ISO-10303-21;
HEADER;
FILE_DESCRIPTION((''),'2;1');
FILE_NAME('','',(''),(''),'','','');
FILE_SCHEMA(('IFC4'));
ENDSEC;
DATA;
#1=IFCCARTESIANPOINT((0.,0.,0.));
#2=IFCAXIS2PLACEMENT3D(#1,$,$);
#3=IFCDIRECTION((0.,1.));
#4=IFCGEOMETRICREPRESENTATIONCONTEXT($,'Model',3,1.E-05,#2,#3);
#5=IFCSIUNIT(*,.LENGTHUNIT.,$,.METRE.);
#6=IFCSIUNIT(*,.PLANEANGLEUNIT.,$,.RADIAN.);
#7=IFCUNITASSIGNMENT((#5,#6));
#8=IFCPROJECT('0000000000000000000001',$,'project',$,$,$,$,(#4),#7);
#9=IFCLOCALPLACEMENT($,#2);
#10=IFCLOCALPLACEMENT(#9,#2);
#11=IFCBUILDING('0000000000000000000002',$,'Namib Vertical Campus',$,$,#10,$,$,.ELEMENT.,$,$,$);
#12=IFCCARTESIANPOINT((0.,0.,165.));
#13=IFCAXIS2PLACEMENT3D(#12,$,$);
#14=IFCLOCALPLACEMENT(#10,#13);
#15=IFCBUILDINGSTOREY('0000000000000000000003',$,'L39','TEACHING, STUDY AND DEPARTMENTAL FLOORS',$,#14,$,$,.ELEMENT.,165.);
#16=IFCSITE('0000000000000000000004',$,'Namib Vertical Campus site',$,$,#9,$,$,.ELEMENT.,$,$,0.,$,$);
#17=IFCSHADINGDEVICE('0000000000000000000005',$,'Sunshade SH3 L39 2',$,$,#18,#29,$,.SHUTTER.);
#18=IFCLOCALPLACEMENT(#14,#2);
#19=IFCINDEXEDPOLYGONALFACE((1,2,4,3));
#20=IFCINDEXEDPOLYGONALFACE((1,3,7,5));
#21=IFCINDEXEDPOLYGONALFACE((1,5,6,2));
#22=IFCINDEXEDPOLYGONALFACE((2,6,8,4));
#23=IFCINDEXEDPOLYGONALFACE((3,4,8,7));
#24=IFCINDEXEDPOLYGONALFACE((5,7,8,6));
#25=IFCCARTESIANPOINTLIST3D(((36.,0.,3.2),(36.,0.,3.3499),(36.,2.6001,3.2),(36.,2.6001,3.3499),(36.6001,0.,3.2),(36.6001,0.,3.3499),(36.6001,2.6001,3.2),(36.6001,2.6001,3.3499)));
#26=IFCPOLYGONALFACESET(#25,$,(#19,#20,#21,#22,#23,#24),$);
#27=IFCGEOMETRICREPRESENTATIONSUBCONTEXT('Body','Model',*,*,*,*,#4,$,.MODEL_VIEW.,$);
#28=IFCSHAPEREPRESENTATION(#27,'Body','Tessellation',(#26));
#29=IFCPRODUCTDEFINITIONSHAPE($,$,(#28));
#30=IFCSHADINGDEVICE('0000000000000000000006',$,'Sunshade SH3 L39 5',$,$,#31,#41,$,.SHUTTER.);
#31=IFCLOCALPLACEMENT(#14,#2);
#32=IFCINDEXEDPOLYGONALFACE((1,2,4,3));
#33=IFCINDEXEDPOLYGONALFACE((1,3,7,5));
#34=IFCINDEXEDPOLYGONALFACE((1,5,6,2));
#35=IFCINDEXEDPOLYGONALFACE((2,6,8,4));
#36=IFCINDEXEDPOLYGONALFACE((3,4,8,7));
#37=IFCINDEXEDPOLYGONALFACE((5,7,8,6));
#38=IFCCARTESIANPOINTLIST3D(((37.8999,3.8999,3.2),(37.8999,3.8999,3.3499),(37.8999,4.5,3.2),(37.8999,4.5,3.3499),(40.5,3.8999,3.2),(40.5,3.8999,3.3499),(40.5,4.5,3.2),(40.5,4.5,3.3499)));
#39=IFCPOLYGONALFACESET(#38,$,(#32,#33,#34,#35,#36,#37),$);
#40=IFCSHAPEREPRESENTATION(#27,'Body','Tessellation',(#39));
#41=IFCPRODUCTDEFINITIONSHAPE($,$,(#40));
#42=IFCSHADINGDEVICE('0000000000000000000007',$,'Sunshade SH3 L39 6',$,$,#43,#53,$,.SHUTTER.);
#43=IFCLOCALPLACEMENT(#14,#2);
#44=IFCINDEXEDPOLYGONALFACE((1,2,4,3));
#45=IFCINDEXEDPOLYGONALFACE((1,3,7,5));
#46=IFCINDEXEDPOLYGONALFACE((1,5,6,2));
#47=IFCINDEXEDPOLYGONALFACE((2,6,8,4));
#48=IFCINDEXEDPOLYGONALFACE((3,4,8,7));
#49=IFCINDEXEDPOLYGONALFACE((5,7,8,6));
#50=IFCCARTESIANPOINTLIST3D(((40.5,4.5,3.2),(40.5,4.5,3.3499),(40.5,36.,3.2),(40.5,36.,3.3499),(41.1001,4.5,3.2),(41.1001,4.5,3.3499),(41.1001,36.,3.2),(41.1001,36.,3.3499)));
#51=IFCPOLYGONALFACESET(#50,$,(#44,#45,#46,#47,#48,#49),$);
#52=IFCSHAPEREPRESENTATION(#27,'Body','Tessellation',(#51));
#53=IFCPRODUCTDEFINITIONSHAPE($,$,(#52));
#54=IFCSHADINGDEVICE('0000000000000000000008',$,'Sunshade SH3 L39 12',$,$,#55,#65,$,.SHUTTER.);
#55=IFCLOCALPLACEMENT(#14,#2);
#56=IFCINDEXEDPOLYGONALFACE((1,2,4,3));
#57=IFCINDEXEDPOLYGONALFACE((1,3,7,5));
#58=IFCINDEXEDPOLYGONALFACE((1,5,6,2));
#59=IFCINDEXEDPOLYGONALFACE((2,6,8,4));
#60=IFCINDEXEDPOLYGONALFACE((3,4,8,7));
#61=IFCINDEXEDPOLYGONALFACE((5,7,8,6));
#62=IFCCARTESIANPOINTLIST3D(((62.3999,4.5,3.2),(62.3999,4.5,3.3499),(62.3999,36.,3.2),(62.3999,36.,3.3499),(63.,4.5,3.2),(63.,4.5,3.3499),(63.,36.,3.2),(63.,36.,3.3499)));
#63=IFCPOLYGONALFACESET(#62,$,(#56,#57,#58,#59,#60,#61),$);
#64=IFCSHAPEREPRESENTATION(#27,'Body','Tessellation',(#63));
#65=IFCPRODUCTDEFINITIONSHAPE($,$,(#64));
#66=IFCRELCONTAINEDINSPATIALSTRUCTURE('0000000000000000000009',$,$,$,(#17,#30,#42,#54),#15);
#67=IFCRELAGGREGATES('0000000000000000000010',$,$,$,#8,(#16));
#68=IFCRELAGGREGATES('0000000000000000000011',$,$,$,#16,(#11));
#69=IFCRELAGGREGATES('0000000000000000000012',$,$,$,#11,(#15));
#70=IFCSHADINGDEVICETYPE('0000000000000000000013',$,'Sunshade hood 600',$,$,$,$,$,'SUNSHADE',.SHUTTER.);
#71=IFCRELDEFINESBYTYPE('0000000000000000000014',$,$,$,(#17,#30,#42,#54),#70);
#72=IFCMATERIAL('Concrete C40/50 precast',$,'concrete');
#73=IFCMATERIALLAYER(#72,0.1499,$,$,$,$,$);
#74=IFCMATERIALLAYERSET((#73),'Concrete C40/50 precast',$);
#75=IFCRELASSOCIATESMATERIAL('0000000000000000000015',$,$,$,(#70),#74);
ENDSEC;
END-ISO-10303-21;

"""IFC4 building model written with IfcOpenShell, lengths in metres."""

from ifc_helpers import new_model, si_unit, direction, frame, origin, origin_2d, place, context, subcontext, project, spatial, rectangle, extrude, material, layer, layer_set, type_object, element, save


model = new_model("IFC4")

# Units and contexts
model_context = context("Model", 3, precision=1e-05, world=origin(), true_north=direction((0.0, 1.0)))
body_context = subcontext(model_context, "Body", "Model", "MODEL_VIEW")
ifc_project = project(units=[si_unit("LENGTHUNIT", "METRE"), si_unit("PLANEANGLEUNIT", "RADIAN")], contexts=[model_context])

# Site, building, storey
site_placement = place(None, origin())
site = spatial("IfcSite", under=ifc_project, at=site_placement, Name="Namib Vertical Campus site", CompositionType="ELEMENT", RefElevation=0.0)
building_placement = place(site_placement, origin())
building = spatial("IfcBuilding", under=site, at=building_placement, Name="Namib Vertical Campus", CompositionType="ELEMENT")
storey_placement = place(building_placement, frame((0.0, 0.0, 165.0)))
storey = spatial("IfcBuildingStorey", under=building, at=storey_placement, Name="L39", Description="TEACHING, STUDY AND DEPARTMENTAL FLOORS", CompositionType="ELEMENT", Elevation=165.0)

# Shading devices
ifc_material_1 = material(Name="Concrete C40/50 precast", Category="concrete")
ifc_layer_1 = layer(ifc_material_1, 0.1499)
ifc_layer_set_1 = layer_set([ifc_layer_1], Name="Concrete C40/50 precast")
shading_device_type = type_object("IfcShadingDeviceType", Name="Sunshade hood 600", ElementType="SUNSHADE", PredefinedType="SHUTTER", material=ifc_layer_set_1)
for number, where, z_axis, x_axis, name in (
    (1, (36.3, 1.3, 3.2), (0.0, 0.0, 1.0), (0.0, 1.0, 0.0), "Sunshade SH3 L39 2"),
    (2, (39.2, 4.2, 3.2), (0.0, 0.0, 1.0), (1.0, 0.0, 0.0), "Sunshade SH3 L39 5"),
):
    element("IfcShadingDevice", number, at=place(storey_placement, frame(where, z_axis=z_axis, x_axis=x_axis)), inside=storey, type_object=shading_device_type, Name=name, PredefinedType="SHUTTER", context=body_context, shape_type="SweptSolid", body=[
        extrude(rectangle(XDim=2.6001, YDim=0.6001, at=origin_2d()), origin(), (0.0, 0.0, 1.0), 0.1499),
    ])
for number, where, z_axis, x_axis, name in (
    (3, (40.8, 20.25, 3.2), (0.0, 0.0, 1.0), (0.0, 1.0, 0.0), "Sunshade SH3 L39 6"),
    (4, (62.7, 20.25, 3.2), (0.0, 0.0, 1.0), (0.0, -1.0, 0.0), "Sunshade SH3 L39 12"),
):
    element("IfcShadingDevice", number, at=place(storey_placement, frame(where, z_axis=z_axis, x_axis=x_axis)), inside=storey, type_object=shading_device_type, Name=name, PredefinedType="SHUTTER", context=body_context, shape_type="SweptSolid", body=[
        extrude(rectangle(XDim=31.5, YDim=0.6001, at=origin_2d()), origin(), (0.0, 0.0, 1.0), 0.1499),
    ])

save(model, "model.ifc")
